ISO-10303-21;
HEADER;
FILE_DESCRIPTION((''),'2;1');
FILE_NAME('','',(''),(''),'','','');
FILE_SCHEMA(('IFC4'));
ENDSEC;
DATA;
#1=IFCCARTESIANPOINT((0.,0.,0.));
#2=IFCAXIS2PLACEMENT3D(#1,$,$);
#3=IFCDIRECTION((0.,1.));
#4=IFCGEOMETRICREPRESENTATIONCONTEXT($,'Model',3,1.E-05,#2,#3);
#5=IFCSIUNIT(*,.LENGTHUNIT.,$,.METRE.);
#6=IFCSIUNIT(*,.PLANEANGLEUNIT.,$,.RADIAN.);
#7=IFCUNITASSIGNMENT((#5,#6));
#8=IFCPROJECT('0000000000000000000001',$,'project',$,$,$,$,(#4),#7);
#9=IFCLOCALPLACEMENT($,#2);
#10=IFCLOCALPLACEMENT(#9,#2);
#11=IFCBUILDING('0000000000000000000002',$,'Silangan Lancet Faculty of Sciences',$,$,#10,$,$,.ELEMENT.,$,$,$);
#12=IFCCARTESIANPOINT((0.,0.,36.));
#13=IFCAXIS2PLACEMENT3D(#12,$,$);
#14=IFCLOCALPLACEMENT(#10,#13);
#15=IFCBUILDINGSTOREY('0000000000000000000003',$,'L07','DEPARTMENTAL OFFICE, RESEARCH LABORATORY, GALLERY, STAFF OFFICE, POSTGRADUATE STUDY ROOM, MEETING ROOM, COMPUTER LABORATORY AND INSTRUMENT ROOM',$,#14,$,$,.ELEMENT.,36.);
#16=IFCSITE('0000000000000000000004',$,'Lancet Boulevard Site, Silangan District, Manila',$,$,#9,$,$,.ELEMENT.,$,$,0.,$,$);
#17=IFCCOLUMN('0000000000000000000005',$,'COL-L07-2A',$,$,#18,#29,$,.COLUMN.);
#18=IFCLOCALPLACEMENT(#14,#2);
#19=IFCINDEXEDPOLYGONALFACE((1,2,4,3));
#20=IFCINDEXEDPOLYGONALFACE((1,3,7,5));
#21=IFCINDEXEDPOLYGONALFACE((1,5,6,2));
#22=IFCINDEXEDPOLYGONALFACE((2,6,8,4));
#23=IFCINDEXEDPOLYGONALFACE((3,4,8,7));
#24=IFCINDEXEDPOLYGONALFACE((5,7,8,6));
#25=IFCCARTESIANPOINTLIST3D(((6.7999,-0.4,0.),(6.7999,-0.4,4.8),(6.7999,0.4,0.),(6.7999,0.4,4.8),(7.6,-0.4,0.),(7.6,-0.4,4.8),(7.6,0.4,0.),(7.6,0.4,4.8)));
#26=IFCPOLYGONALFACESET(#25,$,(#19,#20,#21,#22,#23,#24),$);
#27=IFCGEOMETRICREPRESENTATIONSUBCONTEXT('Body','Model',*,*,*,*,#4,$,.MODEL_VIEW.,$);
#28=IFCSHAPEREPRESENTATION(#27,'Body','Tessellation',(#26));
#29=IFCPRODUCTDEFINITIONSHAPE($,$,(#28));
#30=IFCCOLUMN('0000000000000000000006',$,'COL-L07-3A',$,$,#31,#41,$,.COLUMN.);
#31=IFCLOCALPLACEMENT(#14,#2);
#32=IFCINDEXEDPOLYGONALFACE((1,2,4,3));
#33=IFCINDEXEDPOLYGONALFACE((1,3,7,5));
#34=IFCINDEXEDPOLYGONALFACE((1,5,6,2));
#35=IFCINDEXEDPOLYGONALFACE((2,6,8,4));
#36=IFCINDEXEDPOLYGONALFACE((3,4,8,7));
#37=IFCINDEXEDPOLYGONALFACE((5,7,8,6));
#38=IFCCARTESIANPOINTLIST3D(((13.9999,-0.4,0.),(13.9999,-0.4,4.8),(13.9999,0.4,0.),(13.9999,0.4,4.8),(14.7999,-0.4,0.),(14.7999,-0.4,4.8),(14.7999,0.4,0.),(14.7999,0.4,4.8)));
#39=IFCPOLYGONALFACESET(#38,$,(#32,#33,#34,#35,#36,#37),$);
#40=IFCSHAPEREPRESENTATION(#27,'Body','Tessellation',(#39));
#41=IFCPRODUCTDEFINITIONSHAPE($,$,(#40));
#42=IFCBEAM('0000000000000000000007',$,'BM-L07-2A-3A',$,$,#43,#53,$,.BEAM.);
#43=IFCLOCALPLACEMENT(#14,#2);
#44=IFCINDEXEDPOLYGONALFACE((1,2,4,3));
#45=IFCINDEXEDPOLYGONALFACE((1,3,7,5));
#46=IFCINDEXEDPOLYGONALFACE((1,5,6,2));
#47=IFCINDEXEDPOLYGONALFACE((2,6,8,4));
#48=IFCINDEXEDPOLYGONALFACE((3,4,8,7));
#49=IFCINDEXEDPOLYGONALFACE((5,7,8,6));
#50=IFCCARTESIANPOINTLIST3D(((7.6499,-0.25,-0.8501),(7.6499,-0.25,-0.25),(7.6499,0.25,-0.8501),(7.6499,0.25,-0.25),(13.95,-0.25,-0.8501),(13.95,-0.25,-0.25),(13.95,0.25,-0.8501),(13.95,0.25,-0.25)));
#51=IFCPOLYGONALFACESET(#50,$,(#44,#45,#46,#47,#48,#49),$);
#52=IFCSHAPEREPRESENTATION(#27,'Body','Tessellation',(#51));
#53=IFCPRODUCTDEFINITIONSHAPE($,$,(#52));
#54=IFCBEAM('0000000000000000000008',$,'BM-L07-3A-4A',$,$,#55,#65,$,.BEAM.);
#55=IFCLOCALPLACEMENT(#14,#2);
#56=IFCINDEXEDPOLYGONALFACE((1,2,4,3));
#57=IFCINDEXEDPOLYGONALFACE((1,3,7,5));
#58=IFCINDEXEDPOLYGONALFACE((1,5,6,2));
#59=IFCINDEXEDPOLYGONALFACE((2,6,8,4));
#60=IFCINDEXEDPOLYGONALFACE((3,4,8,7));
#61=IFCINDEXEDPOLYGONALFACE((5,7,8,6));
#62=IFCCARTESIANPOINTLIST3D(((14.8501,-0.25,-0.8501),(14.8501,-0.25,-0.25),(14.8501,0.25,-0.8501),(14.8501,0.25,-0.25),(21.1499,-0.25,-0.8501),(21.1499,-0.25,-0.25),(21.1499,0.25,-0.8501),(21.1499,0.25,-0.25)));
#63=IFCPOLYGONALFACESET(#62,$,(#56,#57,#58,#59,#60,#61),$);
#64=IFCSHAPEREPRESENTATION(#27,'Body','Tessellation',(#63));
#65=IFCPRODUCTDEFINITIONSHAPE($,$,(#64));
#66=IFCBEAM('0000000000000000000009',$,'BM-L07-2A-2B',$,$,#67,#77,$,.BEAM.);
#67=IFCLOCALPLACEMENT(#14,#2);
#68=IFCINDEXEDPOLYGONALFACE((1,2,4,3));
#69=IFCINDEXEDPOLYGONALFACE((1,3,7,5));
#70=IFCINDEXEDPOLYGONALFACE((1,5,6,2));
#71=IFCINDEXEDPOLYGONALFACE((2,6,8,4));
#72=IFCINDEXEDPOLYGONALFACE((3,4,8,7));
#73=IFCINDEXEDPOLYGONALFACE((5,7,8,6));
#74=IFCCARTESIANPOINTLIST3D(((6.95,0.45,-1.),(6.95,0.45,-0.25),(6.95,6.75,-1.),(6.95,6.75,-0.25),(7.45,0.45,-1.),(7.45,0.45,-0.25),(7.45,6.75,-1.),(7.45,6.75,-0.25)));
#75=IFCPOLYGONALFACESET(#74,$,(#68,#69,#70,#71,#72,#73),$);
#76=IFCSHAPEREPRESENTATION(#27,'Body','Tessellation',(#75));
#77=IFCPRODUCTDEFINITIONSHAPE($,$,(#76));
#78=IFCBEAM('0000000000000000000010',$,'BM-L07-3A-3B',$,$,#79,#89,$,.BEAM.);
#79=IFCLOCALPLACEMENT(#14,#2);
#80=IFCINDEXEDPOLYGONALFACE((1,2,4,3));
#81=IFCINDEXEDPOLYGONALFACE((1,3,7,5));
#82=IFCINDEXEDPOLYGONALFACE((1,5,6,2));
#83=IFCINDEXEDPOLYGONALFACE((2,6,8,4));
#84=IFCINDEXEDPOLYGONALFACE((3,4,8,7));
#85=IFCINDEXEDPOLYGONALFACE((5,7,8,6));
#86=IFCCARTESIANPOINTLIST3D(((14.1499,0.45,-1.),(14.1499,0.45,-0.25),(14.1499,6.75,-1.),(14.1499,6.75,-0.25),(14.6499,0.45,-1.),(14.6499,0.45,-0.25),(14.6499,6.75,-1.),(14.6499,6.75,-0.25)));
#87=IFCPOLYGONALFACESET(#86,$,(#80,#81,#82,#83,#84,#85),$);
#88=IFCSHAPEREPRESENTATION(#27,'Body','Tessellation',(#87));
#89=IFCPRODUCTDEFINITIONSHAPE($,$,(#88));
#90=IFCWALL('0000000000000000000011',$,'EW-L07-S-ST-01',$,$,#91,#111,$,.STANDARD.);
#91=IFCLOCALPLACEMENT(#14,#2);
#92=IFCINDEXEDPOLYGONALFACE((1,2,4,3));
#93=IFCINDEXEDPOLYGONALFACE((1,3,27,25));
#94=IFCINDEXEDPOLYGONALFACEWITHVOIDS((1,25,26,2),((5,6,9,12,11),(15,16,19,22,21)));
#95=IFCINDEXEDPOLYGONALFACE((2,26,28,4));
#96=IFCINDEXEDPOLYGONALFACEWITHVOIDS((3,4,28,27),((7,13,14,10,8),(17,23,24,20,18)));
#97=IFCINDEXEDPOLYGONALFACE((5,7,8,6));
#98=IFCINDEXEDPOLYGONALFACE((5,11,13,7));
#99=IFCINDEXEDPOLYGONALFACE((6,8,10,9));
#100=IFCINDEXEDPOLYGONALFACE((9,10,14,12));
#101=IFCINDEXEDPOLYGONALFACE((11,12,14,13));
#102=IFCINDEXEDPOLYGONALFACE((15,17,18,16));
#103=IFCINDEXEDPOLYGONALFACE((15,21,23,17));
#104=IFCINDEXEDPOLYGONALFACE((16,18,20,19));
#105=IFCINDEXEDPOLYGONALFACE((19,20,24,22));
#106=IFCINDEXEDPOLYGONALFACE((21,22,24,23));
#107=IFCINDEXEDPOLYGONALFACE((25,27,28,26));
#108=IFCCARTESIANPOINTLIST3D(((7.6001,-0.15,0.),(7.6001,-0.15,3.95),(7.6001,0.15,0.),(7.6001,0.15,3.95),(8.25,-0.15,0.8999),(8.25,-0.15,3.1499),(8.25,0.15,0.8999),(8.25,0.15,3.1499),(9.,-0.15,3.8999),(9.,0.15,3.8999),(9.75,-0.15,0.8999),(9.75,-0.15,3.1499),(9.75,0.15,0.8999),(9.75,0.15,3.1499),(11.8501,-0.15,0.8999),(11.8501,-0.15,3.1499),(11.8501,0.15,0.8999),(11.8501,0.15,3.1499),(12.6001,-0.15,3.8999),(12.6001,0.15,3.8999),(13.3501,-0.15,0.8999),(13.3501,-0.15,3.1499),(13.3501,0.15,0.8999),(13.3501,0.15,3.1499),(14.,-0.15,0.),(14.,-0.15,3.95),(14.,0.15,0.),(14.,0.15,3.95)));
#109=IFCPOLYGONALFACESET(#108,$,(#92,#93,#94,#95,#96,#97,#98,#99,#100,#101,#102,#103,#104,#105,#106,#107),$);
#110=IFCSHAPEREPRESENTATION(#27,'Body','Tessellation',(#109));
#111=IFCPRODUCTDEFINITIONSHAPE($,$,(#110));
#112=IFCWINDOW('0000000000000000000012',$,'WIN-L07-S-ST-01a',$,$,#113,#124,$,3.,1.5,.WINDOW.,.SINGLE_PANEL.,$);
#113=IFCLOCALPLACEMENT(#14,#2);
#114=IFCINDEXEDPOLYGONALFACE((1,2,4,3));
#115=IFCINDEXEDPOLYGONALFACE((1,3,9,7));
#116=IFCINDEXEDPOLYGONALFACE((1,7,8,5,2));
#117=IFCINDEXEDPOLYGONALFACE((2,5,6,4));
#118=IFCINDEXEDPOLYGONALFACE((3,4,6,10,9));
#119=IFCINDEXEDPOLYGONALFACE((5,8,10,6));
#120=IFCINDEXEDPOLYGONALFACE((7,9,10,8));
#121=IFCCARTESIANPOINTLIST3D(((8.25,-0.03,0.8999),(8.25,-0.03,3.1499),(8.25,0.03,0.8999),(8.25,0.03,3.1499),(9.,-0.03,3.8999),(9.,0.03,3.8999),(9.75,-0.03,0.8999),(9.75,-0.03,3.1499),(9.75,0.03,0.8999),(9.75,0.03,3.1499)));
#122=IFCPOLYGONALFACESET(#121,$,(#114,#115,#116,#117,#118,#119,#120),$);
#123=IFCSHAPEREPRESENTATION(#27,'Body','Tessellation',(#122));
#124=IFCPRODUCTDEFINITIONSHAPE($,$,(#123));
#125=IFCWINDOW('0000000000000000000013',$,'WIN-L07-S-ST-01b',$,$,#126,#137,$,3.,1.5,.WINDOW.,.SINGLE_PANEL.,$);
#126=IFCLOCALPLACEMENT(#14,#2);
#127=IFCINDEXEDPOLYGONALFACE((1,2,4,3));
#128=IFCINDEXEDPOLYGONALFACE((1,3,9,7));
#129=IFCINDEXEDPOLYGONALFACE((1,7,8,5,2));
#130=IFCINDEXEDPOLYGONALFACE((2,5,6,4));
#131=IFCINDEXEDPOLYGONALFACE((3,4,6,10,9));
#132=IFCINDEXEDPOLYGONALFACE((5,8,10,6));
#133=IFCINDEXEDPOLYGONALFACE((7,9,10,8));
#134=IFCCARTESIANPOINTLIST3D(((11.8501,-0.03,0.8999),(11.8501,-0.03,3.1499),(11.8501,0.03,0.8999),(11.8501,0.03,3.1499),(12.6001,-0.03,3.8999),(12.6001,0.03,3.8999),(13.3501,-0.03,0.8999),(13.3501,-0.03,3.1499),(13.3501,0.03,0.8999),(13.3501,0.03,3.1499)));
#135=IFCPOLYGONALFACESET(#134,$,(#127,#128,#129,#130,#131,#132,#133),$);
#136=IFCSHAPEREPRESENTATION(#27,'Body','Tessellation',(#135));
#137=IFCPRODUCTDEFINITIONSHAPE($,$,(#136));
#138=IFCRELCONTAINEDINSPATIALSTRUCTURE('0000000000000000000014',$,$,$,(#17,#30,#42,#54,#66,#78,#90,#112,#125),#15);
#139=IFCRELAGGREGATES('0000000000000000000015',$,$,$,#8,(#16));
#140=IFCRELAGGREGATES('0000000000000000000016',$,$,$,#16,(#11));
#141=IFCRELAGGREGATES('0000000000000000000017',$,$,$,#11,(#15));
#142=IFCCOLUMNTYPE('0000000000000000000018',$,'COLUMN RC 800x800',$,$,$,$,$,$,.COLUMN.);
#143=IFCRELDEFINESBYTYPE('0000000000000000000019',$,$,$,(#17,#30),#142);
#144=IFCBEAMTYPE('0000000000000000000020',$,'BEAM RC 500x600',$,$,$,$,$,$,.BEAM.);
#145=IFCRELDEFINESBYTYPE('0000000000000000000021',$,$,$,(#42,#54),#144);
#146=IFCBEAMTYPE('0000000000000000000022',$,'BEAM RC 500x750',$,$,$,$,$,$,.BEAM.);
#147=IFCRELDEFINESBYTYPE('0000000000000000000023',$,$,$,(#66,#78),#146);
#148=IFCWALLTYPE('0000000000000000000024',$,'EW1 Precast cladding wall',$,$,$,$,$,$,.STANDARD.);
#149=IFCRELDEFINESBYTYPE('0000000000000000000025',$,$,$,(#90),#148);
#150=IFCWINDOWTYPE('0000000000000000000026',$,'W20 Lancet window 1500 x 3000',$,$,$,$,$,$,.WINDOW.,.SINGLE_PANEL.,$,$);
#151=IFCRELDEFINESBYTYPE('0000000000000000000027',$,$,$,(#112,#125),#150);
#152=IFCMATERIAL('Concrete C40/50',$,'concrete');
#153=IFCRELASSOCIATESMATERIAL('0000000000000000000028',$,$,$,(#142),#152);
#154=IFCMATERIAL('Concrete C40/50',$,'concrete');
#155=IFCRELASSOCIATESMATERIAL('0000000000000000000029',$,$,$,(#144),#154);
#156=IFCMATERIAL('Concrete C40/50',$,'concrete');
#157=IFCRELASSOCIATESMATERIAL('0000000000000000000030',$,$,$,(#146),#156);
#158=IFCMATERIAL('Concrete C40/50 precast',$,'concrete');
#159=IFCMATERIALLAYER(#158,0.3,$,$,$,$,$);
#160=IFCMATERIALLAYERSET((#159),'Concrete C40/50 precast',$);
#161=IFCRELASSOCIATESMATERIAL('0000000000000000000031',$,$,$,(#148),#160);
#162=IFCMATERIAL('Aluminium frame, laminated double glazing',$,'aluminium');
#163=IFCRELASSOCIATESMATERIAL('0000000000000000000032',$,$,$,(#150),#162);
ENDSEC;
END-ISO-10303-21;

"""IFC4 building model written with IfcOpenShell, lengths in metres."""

from ifc_helpers import new_model, si_unit, direction, frame, frame_2d, origin, origin_2d, place, context, subcontext, project, spatial, polyline, rectangle, outline, extrude, material, layer, layer_set, material_profile, profile_set, type_object, element, fill, save


model = new_model("IFC4")

# Units and contexts
model_context = context("Model", 3, precision=1e-05, world=origin(), true_north=direction((0.0, 1.0)))
body_context = subcontext(model_context, "Body", "Model", "MODEL_VIEW")
ifc_project = project(units=[si_unit("LENGTHUNIT", "METRE"), si_unit("PLANEANGLEUNIT", "RADIAN")], contexts=[model_context])

# Site, building, storey
site_placement = place(None, origin())
site = spatial("IfcSite", under=ifc_project, at=site_placement, Name="Lancet Boulevard Site, Silangan District, Manila", CompositionType="ELEMENT", RefElevation=0.0)
building_placement = place(site_placement, origin())
building = spatial("IfcBuilding", under=site, at=building_placement, Name="Silangan Lancet Faculty of Sciences", CompositionType="ELEMENT")
storey_placement = place(building_placement, frame((0.0, 0.0, 36.0)))
storey = spatial("IfcBuildingStorey", under=building, at=storey_placement, Name="L07", Description="DEPARTMENTAL OFFICE, RESEARCH LABORATORY, GALLERY, STAFF OFFICE, POSTGRADUATE STUDY ROOM, MEETING ROOM, COMPUTER LABORATORY AND INSTRUMENT ROOM", CompositionType="ELEMENT", Elevation=36.0)

# Columns
ifc_material_1 = material(Name="Concrete C40/50", Category="concrete")
ifc_material_profile_1 = material_profile(ifc_material_1, rectangle(XDim=0.8, YDim=0.8, at=origin_2d()), Name="RC 800x800")
ifc_profile_set_1 = profile_set([ifc_material_profile_1], Name="Concrete C40/50")
column_type = type_object("IfcColumnType", Name="COLUMN RC 800x800", PredefinedType="COLUMN", material=ifc_profile_set_1)
for number, where, z_axis, x_axis, name in (
    (1, (7.2, 0.0, 0.0), (0.0, 0.0, 1.0), (1.0, 0.0, 0.0), "COL-L07-2A"),
    (2, (14.3999, 0.0, 0.0), (0.0, 0.0, 1.0), (1.0, 0.0, 0.0), "COL-L07-3A"),
):
    element("IfcColumn", number, at=place(storey_placement, frame(where, z_axis=z_axis, x_axis=x_axis)), inside=storey, type_object=column_type, Name=name, PredefinedType="COLUMN", context=body_context, shape_type="SweptSolid", body=[
        extrude(rectangle(XDim=0.8, YDim=0.8, at=origin_2d()), origin(), (0.0, 0.0, 1.0), 4.8),
    ])

# Beams
ifc_material_2 = material(Name="Concrete C40/50", Category="concrete")
ifc_material_profile_2 = material_profile(ifc_material_2, rectangle(XDim=0.5, YDim=0.6001, at=origin_2d()), Name="RC 500x600")
ifc_profile_set_2 = profile_set([ifc_material_profile_2], Name="Concrete C40/50")
beam_type_1 = type_object("IfcBeamType", Name="BEAM RC 500x600", PredefinedType="BEAM", material=ifc_profile_set_2)
beam_1_placement = place(storey_placement, frame((7.6499, 0.0, -0.55), z_axis=(1.0, 0.0, 0.0), x_axis=(0.0, 1.0, 0.0)))
element("IfcBeam", 3, at=beam_1_placement, inside=storey, type_object=beam_type_1, Name="BM-L07-2A-3A", PredefinedType="BEAM", context=body_context, shape_type="SweptSolid", body=[
    extrude(rectangle(XDim=0.5, YDim=0.6001, at=origin_2d()), origin(), (0.0, 0.0, 1.0), 6.3),
])
beam_2_placement = place(storey_placement, frame((14.8501, 0.0, -0.55), z_axis=(1.0, 0.0, 0.0), x_axis=(0.0, 1.0, 0.0)))
element("IfcBeam", 4, at=beam_2_placement, inside=storey, type_object=beam_type_1, Name="BM-L07-3A-4A", PredefinedType="BEAM", context=body_context, shape_type="SweptSolid", body=[
    extrude(rectangle(XDim=0.5, YDim=0.6001, at=origin_2d()), origin(), (0.0, 0.0, 1.0), 6.2998),
])
ifc_material_3 = material(Name="Concrete C40/50", Category="concrete")
ifc_material_profile_3 = material_profile(ifc_material_3, rectangle(XDim=0.5, YDim=0.75, at=origin_2d()), Name="RC 500x750")
ifc_profile_set_3 = profile_set([ifc_material_profile_3], Name="Concrete C40/50")
beam_type_2 = type_object("IfcBeamType", Name="BEAM RC 500x750", PredefinedType="BEAM", material=ifc_profile_set_3)
for number, where, z_axis, x_axis, name in (
    (5, (7.2, 0.45, -0.625), (0.0, 1.0, 0.0), (-1.0, 0.0, 0.0), "BM-L07-2A-2B"),
    (6, (14.3999, 0.45, -0.625), (0.0, 1.0, 0.0), (-1.0, 0.0, 0.0), "BM-L07-3A-3B"),
):
    element("IfcBeam", number, at=place(storey_placement, frame(where, z_axis=z_axis, x_axis=x_axis)), inside=storey, type_object=beam_type_2, Name=name, PredefinedType="BEAM", context=body_context, shape_type="SweptSolid", body=[
        extrude(rectangle(XDim=0.5, YDim=0.75, at=origin_2d()), origin(), (0.0, 0.0, 1.0), 6.3),
    ])

# Wall, openings, windows
ifc_material_4 = material(Name="Concrete C40/50 precast", Category="concrete")
ifc_layer_1 = layer(ifc_material_4, 0.3)
ifc_layer_set_1 = layer_set([ifc_layer_1], Name="Concrete C40/50 precast")
wall_type_1 = type_object("IfcWallType", Name="EW1 Precast cladding wall", PredefinedType="STANDARD", material=ifc_layer_set_1)
wall_1_placement = place(storey_placement, frame((7.6001, 0.0, 0.0), z_axis=(0.0, 0.0, 1.0), x_axis=(1.0, 0.0, 0.0)))
wall_1 = element("IfcWall", 7, at=wall_1_placement, inside=storey, type_object=wall_type_1, Name="EW-L07-S-ST-01", PredefinedType="STANDARD", context=body_context, shape_type="SweptSolid", body=[
    extrude(rectangle(XDim=6.3999, YDim=0.3, at=frame_2d((3.2, 0.0))), origin(), (0.0, 0.0, 1.0), 3.95),
])
opening_1_placement = place(wall_1_placement, frame((0.6499, 0.0, 0.8999)))
opening_1 = element("IfcOpeningElement", 8, at=opening_1_placement, cuts=wall_1, PredefinedType="OPENING", context=body_context, shape_type="SweptSolid", body=[
    extrude(outline(polyline([(0.0, 0.0), (1.5, 0.0), (1.5, 2.25), (0.75, 3.0), (0.0, 2.25), (0.0, 0.0)])), frame((0.0, 0.1599, 0.0), z_axis=(0.0, -1.0, 0.0), x_axis=(1.0, 0.0, 0.0)), (0.0, 0.0, 1.0), 0.3201),
])
opening_2_placement = place(wall_1_placement, frame((4.25, 0.0, 0.8999)))
opening_2 = element("IfcOpeningElement", 9, at=opening_2_placement, cuts=wall_1, PredefinedType="OPENING", context=body_context, shape_type="SweptSolid", body=[
    extrude(outline(polyline([(0.0, 0.0), (1.5, 0.0), (1.5, 2.25), (0.75, 3.0), (0.0, 2.25), (0.0, 0.0)])), frame((0.0, 0.1599, 0.0), z_axis=(0.0, -1.0, 0.0), x_axis=(1.0, 0.0, 0.0)), (0.0, 0.0, 1.0), 0.3201),
])
ifc_material_5 = material(Name="Aluminium frame, laminated double glazing", Category="aluminium")
window_type = type_object("IfcWindowType", Name="W20 Lancet window 1500 x 3000", PartitioningType="SINGLE_PANEL", PredefinedType="WINDOW", material=ifc_material_5)
window_1_placement = place(opening_1_placement, origin())
window_1 = element("IfcWindow", 10, at=window_1_placement, inside=storey, type_object=window_type, Name="WIN-L07-S-ST-01a", OverallHeight=3.0, OverallWidth=1.5, PartitioningType="SINGLE_PANEL", PredefinedType="WINDOW", context=body_context, shape_type="SweptSolid", body=[
    extrude(outline(polyline([(0.0, 0.0), (1.5, 0.0), (1.5, 2.25), (0.75, 3.0), (0.0, 2.25), (0.0, 0.0)])), frame((0.0, 0.03, 0.0), z_axis=(0.0, -1.0, 0.0), x_axis=(1.0, 0.0, 0.0)), (0.0, 0.0, 1.0), 0.0601),
])
fill(opening_1, window_1)
window_2_placement = place(opening_2_placement, origin())
window_2 = element("IfcWindow", 11, at=window_2_placement, inside=storey, type_object=window_type, Name="WIN-L07-S-ST-01b", OverallHeight=3.0, OverallWidth=1.5, PartitioningType="SINGLE_PANEL", PredefinedType="WINDOW", context=body_context, shape_type="SweptSolid", body=[
    extrude(outline(polyline([(0.0, 0.0), (1.5, 0.0), (1.5, 2.25), (0.75, 3.0), (0.0, 2.25), (0.0, 0.0)])), frame((0.0, 0.03, 0.0), z_axis=(0.0, -1.0, 0.0), x_axis=(1.0, 0.0, 0.0)), (0.0, 0.0, 1.0), 0.0601),
])
fill(opening_2, window_2)

save(model, "model.ifc")
